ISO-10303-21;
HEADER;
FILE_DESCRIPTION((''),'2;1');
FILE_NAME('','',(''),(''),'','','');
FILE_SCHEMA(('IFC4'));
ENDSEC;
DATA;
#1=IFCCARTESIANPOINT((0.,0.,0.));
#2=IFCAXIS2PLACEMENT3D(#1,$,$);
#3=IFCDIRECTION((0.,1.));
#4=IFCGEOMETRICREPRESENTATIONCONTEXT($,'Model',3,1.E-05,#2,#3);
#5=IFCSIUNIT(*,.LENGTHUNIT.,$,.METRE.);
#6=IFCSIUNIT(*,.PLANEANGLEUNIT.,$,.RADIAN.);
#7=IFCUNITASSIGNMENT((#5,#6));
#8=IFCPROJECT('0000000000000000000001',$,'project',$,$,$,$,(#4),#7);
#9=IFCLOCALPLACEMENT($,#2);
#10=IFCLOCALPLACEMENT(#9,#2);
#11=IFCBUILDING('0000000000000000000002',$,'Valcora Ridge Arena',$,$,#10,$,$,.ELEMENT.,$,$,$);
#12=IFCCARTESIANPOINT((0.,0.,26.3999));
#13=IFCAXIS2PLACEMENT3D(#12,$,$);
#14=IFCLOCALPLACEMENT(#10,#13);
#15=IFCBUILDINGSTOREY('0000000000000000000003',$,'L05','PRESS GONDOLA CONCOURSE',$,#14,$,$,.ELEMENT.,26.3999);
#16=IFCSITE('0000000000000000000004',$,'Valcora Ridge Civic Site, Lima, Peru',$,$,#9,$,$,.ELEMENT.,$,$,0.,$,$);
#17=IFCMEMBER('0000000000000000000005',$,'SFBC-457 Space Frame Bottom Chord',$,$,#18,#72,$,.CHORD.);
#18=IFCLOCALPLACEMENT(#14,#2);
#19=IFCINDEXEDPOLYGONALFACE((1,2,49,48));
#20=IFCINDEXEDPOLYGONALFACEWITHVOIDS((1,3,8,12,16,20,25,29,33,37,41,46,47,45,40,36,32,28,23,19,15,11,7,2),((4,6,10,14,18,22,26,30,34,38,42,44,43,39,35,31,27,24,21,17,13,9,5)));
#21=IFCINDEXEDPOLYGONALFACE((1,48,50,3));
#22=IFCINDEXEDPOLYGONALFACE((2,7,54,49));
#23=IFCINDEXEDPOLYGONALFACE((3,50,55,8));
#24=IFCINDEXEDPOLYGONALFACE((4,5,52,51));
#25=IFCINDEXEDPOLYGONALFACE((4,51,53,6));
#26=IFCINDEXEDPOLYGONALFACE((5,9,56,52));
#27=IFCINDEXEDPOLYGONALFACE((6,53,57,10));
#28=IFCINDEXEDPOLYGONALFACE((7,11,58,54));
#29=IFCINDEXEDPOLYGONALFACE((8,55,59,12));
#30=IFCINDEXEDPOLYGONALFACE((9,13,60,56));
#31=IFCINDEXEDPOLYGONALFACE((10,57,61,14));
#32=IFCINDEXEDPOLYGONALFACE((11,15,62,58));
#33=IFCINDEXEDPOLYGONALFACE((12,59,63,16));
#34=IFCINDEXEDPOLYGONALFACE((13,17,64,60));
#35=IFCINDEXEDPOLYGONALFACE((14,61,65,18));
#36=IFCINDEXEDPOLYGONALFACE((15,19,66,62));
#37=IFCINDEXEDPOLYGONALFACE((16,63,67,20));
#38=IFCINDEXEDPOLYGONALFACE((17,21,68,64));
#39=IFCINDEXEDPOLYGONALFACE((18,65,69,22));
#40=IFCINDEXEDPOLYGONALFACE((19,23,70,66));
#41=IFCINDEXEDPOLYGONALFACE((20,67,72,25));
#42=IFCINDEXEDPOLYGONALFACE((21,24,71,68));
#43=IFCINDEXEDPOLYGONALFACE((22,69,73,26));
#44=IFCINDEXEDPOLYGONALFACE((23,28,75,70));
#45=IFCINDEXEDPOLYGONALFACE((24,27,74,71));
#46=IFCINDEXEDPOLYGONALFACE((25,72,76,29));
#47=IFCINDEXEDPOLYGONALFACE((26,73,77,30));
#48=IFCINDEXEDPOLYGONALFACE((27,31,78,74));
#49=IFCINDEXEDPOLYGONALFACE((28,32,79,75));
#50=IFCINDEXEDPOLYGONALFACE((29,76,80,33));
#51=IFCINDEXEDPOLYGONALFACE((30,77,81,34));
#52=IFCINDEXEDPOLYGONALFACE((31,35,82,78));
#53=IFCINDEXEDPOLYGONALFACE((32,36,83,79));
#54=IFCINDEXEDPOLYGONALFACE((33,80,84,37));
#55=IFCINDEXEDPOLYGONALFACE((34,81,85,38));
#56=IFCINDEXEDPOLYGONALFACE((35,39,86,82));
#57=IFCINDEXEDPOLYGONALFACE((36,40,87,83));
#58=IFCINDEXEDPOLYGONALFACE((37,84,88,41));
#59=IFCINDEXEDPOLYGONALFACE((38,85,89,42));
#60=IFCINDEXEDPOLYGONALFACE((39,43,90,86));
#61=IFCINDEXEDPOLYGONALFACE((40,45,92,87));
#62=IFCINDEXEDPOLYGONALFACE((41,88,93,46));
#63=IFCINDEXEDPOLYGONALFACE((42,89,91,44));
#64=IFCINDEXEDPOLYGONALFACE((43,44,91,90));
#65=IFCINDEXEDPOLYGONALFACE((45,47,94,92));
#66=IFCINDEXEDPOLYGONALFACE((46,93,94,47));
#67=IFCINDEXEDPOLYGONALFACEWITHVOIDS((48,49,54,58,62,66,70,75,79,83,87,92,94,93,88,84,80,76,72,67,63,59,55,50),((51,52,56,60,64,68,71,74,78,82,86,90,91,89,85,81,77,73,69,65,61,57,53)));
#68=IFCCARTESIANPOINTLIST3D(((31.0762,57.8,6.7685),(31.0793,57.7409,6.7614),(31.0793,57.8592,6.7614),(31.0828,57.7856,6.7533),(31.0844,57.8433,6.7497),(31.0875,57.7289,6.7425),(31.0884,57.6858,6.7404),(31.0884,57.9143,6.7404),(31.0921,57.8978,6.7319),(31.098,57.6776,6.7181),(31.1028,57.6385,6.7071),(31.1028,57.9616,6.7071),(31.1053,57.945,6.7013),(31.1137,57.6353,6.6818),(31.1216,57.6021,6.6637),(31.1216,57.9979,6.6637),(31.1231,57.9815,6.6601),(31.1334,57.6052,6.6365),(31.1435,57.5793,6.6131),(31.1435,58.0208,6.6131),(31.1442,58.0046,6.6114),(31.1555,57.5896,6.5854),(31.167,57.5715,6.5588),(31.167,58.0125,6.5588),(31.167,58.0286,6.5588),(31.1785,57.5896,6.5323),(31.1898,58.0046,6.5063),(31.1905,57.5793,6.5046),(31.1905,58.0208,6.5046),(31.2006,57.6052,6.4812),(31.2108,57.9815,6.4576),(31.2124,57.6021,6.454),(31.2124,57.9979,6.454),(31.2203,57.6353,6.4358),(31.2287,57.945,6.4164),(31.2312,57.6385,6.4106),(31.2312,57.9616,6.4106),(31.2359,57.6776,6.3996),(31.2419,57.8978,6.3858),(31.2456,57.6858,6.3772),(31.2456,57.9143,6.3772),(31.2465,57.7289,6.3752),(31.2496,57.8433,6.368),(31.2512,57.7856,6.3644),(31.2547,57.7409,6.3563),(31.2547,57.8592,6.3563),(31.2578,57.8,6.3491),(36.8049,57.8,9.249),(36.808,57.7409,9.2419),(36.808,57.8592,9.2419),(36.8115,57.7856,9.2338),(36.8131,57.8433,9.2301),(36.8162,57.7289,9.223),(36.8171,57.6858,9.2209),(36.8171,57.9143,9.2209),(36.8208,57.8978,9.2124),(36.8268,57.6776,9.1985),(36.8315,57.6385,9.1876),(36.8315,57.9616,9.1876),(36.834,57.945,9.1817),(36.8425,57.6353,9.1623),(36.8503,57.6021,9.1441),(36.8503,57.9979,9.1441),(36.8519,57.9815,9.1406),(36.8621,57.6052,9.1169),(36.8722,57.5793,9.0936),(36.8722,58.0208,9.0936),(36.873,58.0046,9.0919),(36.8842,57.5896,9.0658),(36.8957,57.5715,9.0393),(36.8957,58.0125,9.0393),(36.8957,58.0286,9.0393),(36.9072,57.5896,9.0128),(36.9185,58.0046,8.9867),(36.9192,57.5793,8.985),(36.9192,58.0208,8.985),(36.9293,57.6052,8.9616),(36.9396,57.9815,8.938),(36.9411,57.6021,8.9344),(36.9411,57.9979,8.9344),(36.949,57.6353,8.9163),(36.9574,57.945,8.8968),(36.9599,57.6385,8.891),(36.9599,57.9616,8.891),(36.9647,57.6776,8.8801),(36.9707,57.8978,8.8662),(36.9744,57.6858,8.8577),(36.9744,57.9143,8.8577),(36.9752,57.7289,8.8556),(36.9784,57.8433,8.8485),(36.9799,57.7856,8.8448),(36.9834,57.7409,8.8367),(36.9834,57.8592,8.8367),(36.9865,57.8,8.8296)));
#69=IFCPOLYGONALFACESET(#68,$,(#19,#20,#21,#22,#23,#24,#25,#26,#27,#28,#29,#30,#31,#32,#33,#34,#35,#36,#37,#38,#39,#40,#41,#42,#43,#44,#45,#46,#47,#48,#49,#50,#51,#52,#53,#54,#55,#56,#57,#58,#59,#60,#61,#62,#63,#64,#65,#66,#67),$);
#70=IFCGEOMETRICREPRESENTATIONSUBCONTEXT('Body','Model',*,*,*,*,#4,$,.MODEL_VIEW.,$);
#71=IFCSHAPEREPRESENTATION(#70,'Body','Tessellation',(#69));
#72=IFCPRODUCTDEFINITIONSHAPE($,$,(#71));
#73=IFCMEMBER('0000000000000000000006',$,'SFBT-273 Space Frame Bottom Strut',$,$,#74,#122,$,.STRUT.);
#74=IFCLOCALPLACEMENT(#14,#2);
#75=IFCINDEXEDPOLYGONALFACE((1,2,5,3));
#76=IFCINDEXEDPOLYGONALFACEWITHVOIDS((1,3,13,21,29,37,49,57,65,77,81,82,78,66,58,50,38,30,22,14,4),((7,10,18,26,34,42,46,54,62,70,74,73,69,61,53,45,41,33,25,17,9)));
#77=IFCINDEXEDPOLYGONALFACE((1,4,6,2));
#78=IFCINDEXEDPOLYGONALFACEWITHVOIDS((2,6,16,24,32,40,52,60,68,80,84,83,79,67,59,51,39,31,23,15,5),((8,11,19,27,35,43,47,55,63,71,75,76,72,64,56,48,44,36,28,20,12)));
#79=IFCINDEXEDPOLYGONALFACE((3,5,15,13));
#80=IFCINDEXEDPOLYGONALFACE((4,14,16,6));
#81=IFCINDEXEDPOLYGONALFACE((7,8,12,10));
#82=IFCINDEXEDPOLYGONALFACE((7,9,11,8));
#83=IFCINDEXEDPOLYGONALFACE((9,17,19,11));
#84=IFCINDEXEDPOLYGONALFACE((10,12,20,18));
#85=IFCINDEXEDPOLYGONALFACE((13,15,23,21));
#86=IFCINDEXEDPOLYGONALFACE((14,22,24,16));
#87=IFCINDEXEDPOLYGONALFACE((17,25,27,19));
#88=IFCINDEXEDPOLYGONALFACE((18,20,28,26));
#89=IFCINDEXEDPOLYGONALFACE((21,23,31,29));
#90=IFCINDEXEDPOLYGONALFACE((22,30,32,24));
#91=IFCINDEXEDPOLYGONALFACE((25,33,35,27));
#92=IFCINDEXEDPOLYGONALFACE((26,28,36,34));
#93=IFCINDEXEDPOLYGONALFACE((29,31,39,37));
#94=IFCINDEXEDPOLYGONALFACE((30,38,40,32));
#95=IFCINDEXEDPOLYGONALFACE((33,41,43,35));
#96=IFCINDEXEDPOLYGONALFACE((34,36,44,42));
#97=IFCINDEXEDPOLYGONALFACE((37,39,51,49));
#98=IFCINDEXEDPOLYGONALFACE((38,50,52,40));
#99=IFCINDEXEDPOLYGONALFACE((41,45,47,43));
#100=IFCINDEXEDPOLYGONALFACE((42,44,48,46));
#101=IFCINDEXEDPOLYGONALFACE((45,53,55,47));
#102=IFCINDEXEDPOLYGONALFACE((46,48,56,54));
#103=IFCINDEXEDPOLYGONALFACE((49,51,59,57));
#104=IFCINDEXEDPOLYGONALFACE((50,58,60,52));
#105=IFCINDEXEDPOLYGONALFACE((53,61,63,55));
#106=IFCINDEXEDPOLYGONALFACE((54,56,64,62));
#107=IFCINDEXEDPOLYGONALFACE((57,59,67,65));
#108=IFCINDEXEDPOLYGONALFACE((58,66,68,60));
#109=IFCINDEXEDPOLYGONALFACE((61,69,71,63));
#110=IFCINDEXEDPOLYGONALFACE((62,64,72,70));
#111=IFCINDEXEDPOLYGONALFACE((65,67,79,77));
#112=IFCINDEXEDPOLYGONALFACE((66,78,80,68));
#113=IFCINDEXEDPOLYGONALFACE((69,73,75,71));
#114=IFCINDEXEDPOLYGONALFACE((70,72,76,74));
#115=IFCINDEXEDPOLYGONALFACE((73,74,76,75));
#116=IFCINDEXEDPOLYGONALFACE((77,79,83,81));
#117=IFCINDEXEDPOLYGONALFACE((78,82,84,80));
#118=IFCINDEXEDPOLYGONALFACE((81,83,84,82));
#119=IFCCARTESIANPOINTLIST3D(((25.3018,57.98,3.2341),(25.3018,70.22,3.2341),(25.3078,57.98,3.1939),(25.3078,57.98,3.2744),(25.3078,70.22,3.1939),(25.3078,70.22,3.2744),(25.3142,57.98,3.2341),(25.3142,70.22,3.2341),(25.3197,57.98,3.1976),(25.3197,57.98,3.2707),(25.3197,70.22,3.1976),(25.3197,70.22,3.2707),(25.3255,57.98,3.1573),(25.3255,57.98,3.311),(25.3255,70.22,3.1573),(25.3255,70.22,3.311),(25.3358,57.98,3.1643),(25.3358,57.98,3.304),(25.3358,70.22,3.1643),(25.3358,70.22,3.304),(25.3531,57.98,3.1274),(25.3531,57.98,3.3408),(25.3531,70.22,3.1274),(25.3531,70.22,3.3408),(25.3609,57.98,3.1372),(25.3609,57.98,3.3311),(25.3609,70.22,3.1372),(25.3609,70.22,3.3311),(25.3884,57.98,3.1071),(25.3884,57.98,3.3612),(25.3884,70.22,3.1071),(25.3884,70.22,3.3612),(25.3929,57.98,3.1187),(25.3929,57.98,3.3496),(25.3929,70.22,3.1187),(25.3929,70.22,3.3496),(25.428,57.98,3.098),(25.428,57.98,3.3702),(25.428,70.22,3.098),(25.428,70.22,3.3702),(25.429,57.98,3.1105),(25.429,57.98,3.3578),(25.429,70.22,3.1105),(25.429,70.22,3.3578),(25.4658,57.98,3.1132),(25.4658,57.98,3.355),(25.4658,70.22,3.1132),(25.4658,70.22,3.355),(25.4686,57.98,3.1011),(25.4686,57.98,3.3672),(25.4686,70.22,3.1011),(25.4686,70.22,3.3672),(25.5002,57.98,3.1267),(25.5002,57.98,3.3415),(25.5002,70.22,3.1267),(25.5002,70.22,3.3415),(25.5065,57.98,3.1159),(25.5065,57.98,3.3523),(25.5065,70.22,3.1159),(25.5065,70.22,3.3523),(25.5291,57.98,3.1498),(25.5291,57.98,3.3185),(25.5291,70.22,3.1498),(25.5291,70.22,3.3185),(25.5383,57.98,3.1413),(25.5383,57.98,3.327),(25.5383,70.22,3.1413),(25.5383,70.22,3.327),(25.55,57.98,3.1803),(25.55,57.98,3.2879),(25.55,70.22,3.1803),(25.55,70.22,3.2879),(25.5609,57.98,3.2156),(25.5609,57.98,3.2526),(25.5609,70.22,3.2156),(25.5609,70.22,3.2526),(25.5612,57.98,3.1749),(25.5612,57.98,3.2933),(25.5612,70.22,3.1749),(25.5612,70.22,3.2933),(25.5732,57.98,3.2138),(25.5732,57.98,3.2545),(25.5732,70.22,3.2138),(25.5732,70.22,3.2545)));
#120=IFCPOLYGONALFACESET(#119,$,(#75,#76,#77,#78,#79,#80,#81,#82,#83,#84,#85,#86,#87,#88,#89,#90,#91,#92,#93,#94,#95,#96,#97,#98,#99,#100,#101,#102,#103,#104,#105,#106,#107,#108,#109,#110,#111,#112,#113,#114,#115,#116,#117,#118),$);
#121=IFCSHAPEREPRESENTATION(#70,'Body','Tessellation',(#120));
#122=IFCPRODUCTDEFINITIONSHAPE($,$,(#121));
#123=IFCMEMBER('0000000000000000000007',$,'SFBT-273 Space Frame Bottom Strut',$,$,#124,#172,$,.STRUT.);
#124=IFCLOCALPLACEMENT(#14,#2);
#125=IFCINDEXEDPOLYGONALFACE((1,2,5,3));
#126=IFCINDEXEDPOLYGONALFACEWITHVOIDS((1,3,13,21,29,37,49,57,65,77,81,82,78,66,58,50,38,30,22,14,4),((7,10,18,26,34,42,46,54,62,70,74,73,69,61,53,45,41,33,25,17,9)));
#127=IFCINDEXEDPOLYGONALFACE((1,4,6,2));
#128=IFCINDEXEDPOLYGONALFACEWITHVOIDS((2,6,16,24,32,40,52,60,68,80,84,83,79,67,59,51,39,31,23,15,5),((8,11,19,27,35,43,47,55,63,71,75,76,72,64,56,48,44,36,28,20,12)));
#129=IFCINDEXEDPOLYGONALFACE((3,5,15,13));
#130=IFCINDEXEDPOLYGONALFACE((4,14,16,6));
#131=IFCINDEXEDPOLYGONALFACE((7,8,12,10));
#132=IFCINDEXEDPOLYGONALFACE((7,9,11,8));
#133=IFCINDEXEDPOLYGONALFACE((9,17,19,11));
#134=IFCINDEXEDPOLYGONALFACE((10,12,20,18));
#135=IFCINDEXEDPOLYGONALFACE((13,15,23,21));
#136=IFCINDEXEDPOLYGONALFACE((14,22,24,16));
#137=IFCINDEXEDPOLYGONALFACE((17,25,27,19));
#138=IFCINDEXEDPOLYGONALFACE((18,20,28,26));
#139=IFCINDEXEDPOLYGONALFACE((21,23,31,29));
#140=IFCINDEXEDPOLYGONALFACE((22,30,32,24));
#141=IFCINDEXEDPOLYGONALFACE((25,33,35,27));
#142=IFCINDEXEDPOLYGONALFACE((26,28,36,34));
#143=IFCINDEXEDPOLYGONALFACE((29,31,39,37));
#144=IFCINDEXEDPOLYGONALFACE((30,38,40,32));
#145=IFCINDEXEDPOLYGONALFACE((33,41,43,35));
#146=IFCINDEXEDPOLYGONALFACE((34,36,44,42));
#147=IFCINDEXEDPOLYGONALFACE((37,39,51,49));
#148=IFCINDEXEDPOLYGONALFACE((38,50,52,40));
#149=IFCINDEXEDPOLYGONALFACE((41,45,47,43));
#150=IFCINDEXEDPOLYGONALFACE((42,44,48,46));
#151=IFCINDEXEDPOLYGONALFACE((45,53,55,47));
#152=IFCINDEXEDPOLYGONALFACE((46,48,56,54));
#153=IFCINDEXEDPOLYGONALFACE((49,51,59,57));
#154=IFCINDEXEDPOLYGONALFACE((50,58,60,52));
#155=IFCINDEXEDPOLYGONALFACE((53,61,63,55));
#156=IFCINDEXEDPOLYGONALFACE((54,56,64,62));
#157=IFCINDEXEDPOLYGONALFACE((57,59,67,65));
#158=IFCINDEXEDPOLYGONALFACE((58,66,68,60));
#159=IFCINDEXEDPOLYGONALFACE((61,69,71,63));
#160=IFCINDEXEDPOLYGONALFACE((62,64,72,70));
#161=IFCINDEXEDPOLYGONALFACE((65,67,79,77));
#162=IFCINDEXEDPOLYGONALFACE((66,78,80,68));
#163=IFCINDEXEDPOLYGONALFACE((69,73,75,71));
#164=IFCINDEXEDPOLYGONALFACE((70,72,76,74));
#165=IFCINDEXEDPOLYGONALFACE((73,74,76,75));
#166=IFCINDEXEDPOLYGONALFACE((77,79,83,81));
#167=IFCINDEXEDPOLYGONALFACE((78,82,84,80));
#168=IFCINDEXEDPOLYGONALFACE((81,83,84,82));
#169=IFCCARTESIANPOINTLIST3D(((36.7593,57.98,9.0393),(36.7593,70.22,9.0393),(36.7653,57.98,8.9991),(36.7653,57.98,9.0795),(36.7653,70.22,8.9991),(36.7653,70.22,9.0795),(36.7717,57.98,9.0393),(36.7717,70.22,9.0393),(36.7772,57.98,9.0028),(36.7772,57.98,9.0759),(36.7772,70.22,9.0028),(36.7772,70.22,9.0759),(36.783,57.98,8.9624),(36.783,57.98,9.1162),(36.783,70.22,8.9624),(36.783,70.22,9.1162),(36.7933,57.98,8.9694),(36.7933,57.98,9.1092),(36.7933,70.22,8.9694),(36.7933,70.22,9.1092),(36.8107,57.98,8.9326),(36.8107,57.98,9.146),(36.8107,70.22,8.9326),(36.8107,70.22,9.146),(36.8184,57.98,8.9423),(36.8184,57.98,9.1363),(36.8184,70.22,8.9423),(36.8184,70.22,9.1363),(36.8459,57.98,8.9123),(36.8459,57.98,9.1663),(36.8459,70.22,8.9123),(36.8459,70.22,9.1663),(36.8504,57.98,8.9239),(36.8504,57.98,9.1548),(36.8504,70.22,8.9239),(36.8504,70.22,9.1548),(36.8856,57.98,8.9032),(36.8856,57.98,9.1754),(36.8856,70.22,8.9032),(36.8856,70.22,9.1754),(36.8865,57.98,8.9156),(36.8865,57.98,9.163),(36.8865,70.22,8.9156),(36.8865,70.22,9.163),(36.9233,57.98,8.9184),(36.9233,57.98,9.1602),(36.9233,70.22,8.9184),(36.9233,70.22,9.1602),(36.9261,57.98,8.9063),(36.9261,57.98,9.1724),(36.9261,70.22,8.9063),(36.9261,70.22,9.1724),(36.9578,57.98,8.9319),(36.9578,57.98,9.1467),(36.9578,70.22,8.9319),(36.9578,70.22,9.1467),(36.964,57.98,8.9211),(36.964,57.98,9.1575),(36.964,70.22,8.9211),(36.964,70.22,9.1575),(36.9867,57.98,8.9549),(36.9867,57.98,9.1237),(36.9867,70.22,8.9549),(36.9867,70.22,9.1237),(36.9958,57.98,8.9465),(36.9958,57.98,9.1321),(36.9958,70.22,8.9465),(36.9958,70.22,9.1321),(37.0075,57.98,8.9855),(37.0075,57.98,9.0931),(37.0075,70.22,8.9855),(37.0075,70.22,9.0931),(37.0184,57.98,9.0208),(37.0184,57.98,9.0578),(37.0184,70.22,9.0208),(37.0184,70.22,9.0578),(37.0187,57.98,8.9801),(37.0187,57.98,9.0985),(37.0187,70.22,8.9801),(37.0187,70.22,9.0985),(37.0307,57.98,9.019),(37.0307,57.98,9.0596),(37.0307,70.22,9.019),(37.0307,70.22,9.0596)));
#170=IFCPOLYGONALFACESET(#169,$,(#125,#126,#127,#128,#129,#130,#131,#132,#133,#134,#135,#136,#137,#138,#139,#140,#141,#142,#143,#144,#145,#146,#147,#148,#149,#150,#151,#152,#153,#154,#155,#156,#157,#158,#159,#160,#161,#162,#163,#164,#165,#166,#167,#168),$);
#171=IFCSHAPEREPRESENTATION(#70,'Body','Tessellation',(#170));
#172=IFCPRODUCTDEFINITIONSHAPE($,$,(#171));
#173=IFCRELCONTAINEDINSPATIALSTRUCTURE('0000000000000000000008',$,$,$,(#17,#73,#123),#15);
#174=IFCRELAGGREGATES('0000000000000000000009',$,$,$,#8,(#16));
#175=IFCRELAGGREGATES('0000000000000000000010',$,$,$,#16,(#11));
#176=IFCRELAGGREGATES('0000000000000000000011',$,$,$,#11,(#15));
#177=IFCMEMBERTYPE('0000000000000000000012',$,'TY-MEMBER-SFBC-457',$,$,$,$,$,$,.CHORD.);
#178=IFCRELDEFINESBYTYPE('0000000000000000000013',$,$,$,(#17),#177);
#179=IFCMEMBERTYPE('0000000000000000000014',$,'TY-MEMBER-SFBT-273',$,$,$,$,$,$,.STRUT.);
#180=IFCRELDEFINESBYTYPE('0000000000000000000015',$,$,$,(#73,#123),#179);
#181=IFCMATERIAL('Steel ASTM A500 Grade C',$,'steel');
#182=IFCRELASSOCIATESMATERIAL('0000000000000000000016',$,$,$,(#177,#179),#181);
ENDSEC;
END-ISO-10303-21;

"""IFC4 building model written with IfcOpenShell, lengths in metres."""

from ifc_helpers import new_model, si_unit, direction, frame, origin, origin_2d, place, context, subcontext, project, spatial, hollow_circle, extrude, material, material_profile, profile_set, type_object, element, save


model = new_model("IFC4")

# Units and contexts
model_context = context("Model", 3, precision=1e-05, world=origin(), true_north=direction((0.0, 1.0)))
body_context = subcontext(model_context, "Body", "Model", "MODEL_VIEW")
ifc_project = project(units=[si_unit("LENGTHUNIT", "METRE"), si_unit("PLANEANGLEUNIT", "RADIAN")], contexts=[model_context])

# Site, building, storey
site_placement = place(None, origin())
site = spatial("IfcSite", under=ifc_project, at=site_placement, Name="Valcora Ridge Civic Site, Lima, Peru", CompositionType="ELEMENT", RefElevation=0.0)
building_placement = place(site_placement, origin())
building = spatial("IfcBuilding", under=site, at=building_placement, Name="Valcora Ridge Arena", CompositionType="ELEMENT")
storey_placement = place(building_placement, frame((0.0, 0.0, 26.3999)))
storey = spatial("IfcBuildingStorey", under=building, at=storey_placement, Name="L05", Description="PRESS GONDOLA CONCOURSE", CompositionType="ELEMENT", Elevation=26.3999)

# Members
ifc_material_1 = material(Name="Steel ASTM A500 Grade C", Category="steel")
ifc_material_profile_1 = material_profile(ifc_material_1, hollow_circle(Radius=0.2285, WallThickness=0.0161, at=origin_2d()), Name="CHS457X16")
ifc_profile_set_1 = profile_set([ifc_material_profile_1], Name="Steel ASTM A500 Grade C")
member_type_1 = type_object("IfcMemberType", Name="TY-MEMBER-SFBC-457", PredefinedType="CHORD", material=ifc_profile_set_1)
member_1_placement = place(storey_placement, frame((31.167, 57.8, 6.5588), z_axis=(0.917672, 0.0, 0.397339), x_axis=(0.0, 1.0, 0.0)))
element("IfcMember", 1, at=member_1_placement, inside=storey, type_object=member_type_1, Name="SFBC-457 Space Frame Bottom Chord", PredefinedType="CHORD", context=body_context, shape_type="SweptSolid", body=[
    extrude(hollow_circle(Radius=0.2285, WallThickness=0.0161, at=origin_2d()), origin(), (0.0, 0.0, 1.0), 6.2427),
])
ifc_material_profile_2 = material_profile(ifc_material_1, hollow_circle(Radius=0.1365, WallThickness=0.0125, at=origin_2d()), Name="CHS273X12")
ifc_profile_set_2 = profile_set([ifc_material_profile_2], Name="Steel ASTM A500 Grade C")
member_type_2 = type_object("IfcMemberType", Name="TY-MEMBER-SFBT-273", PredefinedType="STRUT", material=ifc_profile_set_2)
for number, where, z_axis, x_axis, name in (
    (2, (25.4382, 57.98, 3.2341), (0.0, 1.0, 0.0), (-1.0, 0.0, 0.0), "SFBT-273 Space Frame Bottom Strut"),
    (3, (36.8958, 57.98, 9.0393), (0.0, 1.0, 0.0), (-1.0, 0.0, 0.0), "SFBT-273 Space Frame Bottom Strut"),
):
    element("IfcMember", number, at=place(storey_placement, frame(where, z_axis=z_axis, x_axis=x_axis)), inside=storey, type_object=member_type_2, Name=name, PredefinedType="STRUT", context=body_context, shape_type="SweptSolid", body=[
        extrude(hollow_circle(Radius=0.1365, WallThickness=0.0125, at=origin_2d()), origin(), (0.0, 0.0, 1.0), 12.24),
    ])

save(model, "model.ifc")
